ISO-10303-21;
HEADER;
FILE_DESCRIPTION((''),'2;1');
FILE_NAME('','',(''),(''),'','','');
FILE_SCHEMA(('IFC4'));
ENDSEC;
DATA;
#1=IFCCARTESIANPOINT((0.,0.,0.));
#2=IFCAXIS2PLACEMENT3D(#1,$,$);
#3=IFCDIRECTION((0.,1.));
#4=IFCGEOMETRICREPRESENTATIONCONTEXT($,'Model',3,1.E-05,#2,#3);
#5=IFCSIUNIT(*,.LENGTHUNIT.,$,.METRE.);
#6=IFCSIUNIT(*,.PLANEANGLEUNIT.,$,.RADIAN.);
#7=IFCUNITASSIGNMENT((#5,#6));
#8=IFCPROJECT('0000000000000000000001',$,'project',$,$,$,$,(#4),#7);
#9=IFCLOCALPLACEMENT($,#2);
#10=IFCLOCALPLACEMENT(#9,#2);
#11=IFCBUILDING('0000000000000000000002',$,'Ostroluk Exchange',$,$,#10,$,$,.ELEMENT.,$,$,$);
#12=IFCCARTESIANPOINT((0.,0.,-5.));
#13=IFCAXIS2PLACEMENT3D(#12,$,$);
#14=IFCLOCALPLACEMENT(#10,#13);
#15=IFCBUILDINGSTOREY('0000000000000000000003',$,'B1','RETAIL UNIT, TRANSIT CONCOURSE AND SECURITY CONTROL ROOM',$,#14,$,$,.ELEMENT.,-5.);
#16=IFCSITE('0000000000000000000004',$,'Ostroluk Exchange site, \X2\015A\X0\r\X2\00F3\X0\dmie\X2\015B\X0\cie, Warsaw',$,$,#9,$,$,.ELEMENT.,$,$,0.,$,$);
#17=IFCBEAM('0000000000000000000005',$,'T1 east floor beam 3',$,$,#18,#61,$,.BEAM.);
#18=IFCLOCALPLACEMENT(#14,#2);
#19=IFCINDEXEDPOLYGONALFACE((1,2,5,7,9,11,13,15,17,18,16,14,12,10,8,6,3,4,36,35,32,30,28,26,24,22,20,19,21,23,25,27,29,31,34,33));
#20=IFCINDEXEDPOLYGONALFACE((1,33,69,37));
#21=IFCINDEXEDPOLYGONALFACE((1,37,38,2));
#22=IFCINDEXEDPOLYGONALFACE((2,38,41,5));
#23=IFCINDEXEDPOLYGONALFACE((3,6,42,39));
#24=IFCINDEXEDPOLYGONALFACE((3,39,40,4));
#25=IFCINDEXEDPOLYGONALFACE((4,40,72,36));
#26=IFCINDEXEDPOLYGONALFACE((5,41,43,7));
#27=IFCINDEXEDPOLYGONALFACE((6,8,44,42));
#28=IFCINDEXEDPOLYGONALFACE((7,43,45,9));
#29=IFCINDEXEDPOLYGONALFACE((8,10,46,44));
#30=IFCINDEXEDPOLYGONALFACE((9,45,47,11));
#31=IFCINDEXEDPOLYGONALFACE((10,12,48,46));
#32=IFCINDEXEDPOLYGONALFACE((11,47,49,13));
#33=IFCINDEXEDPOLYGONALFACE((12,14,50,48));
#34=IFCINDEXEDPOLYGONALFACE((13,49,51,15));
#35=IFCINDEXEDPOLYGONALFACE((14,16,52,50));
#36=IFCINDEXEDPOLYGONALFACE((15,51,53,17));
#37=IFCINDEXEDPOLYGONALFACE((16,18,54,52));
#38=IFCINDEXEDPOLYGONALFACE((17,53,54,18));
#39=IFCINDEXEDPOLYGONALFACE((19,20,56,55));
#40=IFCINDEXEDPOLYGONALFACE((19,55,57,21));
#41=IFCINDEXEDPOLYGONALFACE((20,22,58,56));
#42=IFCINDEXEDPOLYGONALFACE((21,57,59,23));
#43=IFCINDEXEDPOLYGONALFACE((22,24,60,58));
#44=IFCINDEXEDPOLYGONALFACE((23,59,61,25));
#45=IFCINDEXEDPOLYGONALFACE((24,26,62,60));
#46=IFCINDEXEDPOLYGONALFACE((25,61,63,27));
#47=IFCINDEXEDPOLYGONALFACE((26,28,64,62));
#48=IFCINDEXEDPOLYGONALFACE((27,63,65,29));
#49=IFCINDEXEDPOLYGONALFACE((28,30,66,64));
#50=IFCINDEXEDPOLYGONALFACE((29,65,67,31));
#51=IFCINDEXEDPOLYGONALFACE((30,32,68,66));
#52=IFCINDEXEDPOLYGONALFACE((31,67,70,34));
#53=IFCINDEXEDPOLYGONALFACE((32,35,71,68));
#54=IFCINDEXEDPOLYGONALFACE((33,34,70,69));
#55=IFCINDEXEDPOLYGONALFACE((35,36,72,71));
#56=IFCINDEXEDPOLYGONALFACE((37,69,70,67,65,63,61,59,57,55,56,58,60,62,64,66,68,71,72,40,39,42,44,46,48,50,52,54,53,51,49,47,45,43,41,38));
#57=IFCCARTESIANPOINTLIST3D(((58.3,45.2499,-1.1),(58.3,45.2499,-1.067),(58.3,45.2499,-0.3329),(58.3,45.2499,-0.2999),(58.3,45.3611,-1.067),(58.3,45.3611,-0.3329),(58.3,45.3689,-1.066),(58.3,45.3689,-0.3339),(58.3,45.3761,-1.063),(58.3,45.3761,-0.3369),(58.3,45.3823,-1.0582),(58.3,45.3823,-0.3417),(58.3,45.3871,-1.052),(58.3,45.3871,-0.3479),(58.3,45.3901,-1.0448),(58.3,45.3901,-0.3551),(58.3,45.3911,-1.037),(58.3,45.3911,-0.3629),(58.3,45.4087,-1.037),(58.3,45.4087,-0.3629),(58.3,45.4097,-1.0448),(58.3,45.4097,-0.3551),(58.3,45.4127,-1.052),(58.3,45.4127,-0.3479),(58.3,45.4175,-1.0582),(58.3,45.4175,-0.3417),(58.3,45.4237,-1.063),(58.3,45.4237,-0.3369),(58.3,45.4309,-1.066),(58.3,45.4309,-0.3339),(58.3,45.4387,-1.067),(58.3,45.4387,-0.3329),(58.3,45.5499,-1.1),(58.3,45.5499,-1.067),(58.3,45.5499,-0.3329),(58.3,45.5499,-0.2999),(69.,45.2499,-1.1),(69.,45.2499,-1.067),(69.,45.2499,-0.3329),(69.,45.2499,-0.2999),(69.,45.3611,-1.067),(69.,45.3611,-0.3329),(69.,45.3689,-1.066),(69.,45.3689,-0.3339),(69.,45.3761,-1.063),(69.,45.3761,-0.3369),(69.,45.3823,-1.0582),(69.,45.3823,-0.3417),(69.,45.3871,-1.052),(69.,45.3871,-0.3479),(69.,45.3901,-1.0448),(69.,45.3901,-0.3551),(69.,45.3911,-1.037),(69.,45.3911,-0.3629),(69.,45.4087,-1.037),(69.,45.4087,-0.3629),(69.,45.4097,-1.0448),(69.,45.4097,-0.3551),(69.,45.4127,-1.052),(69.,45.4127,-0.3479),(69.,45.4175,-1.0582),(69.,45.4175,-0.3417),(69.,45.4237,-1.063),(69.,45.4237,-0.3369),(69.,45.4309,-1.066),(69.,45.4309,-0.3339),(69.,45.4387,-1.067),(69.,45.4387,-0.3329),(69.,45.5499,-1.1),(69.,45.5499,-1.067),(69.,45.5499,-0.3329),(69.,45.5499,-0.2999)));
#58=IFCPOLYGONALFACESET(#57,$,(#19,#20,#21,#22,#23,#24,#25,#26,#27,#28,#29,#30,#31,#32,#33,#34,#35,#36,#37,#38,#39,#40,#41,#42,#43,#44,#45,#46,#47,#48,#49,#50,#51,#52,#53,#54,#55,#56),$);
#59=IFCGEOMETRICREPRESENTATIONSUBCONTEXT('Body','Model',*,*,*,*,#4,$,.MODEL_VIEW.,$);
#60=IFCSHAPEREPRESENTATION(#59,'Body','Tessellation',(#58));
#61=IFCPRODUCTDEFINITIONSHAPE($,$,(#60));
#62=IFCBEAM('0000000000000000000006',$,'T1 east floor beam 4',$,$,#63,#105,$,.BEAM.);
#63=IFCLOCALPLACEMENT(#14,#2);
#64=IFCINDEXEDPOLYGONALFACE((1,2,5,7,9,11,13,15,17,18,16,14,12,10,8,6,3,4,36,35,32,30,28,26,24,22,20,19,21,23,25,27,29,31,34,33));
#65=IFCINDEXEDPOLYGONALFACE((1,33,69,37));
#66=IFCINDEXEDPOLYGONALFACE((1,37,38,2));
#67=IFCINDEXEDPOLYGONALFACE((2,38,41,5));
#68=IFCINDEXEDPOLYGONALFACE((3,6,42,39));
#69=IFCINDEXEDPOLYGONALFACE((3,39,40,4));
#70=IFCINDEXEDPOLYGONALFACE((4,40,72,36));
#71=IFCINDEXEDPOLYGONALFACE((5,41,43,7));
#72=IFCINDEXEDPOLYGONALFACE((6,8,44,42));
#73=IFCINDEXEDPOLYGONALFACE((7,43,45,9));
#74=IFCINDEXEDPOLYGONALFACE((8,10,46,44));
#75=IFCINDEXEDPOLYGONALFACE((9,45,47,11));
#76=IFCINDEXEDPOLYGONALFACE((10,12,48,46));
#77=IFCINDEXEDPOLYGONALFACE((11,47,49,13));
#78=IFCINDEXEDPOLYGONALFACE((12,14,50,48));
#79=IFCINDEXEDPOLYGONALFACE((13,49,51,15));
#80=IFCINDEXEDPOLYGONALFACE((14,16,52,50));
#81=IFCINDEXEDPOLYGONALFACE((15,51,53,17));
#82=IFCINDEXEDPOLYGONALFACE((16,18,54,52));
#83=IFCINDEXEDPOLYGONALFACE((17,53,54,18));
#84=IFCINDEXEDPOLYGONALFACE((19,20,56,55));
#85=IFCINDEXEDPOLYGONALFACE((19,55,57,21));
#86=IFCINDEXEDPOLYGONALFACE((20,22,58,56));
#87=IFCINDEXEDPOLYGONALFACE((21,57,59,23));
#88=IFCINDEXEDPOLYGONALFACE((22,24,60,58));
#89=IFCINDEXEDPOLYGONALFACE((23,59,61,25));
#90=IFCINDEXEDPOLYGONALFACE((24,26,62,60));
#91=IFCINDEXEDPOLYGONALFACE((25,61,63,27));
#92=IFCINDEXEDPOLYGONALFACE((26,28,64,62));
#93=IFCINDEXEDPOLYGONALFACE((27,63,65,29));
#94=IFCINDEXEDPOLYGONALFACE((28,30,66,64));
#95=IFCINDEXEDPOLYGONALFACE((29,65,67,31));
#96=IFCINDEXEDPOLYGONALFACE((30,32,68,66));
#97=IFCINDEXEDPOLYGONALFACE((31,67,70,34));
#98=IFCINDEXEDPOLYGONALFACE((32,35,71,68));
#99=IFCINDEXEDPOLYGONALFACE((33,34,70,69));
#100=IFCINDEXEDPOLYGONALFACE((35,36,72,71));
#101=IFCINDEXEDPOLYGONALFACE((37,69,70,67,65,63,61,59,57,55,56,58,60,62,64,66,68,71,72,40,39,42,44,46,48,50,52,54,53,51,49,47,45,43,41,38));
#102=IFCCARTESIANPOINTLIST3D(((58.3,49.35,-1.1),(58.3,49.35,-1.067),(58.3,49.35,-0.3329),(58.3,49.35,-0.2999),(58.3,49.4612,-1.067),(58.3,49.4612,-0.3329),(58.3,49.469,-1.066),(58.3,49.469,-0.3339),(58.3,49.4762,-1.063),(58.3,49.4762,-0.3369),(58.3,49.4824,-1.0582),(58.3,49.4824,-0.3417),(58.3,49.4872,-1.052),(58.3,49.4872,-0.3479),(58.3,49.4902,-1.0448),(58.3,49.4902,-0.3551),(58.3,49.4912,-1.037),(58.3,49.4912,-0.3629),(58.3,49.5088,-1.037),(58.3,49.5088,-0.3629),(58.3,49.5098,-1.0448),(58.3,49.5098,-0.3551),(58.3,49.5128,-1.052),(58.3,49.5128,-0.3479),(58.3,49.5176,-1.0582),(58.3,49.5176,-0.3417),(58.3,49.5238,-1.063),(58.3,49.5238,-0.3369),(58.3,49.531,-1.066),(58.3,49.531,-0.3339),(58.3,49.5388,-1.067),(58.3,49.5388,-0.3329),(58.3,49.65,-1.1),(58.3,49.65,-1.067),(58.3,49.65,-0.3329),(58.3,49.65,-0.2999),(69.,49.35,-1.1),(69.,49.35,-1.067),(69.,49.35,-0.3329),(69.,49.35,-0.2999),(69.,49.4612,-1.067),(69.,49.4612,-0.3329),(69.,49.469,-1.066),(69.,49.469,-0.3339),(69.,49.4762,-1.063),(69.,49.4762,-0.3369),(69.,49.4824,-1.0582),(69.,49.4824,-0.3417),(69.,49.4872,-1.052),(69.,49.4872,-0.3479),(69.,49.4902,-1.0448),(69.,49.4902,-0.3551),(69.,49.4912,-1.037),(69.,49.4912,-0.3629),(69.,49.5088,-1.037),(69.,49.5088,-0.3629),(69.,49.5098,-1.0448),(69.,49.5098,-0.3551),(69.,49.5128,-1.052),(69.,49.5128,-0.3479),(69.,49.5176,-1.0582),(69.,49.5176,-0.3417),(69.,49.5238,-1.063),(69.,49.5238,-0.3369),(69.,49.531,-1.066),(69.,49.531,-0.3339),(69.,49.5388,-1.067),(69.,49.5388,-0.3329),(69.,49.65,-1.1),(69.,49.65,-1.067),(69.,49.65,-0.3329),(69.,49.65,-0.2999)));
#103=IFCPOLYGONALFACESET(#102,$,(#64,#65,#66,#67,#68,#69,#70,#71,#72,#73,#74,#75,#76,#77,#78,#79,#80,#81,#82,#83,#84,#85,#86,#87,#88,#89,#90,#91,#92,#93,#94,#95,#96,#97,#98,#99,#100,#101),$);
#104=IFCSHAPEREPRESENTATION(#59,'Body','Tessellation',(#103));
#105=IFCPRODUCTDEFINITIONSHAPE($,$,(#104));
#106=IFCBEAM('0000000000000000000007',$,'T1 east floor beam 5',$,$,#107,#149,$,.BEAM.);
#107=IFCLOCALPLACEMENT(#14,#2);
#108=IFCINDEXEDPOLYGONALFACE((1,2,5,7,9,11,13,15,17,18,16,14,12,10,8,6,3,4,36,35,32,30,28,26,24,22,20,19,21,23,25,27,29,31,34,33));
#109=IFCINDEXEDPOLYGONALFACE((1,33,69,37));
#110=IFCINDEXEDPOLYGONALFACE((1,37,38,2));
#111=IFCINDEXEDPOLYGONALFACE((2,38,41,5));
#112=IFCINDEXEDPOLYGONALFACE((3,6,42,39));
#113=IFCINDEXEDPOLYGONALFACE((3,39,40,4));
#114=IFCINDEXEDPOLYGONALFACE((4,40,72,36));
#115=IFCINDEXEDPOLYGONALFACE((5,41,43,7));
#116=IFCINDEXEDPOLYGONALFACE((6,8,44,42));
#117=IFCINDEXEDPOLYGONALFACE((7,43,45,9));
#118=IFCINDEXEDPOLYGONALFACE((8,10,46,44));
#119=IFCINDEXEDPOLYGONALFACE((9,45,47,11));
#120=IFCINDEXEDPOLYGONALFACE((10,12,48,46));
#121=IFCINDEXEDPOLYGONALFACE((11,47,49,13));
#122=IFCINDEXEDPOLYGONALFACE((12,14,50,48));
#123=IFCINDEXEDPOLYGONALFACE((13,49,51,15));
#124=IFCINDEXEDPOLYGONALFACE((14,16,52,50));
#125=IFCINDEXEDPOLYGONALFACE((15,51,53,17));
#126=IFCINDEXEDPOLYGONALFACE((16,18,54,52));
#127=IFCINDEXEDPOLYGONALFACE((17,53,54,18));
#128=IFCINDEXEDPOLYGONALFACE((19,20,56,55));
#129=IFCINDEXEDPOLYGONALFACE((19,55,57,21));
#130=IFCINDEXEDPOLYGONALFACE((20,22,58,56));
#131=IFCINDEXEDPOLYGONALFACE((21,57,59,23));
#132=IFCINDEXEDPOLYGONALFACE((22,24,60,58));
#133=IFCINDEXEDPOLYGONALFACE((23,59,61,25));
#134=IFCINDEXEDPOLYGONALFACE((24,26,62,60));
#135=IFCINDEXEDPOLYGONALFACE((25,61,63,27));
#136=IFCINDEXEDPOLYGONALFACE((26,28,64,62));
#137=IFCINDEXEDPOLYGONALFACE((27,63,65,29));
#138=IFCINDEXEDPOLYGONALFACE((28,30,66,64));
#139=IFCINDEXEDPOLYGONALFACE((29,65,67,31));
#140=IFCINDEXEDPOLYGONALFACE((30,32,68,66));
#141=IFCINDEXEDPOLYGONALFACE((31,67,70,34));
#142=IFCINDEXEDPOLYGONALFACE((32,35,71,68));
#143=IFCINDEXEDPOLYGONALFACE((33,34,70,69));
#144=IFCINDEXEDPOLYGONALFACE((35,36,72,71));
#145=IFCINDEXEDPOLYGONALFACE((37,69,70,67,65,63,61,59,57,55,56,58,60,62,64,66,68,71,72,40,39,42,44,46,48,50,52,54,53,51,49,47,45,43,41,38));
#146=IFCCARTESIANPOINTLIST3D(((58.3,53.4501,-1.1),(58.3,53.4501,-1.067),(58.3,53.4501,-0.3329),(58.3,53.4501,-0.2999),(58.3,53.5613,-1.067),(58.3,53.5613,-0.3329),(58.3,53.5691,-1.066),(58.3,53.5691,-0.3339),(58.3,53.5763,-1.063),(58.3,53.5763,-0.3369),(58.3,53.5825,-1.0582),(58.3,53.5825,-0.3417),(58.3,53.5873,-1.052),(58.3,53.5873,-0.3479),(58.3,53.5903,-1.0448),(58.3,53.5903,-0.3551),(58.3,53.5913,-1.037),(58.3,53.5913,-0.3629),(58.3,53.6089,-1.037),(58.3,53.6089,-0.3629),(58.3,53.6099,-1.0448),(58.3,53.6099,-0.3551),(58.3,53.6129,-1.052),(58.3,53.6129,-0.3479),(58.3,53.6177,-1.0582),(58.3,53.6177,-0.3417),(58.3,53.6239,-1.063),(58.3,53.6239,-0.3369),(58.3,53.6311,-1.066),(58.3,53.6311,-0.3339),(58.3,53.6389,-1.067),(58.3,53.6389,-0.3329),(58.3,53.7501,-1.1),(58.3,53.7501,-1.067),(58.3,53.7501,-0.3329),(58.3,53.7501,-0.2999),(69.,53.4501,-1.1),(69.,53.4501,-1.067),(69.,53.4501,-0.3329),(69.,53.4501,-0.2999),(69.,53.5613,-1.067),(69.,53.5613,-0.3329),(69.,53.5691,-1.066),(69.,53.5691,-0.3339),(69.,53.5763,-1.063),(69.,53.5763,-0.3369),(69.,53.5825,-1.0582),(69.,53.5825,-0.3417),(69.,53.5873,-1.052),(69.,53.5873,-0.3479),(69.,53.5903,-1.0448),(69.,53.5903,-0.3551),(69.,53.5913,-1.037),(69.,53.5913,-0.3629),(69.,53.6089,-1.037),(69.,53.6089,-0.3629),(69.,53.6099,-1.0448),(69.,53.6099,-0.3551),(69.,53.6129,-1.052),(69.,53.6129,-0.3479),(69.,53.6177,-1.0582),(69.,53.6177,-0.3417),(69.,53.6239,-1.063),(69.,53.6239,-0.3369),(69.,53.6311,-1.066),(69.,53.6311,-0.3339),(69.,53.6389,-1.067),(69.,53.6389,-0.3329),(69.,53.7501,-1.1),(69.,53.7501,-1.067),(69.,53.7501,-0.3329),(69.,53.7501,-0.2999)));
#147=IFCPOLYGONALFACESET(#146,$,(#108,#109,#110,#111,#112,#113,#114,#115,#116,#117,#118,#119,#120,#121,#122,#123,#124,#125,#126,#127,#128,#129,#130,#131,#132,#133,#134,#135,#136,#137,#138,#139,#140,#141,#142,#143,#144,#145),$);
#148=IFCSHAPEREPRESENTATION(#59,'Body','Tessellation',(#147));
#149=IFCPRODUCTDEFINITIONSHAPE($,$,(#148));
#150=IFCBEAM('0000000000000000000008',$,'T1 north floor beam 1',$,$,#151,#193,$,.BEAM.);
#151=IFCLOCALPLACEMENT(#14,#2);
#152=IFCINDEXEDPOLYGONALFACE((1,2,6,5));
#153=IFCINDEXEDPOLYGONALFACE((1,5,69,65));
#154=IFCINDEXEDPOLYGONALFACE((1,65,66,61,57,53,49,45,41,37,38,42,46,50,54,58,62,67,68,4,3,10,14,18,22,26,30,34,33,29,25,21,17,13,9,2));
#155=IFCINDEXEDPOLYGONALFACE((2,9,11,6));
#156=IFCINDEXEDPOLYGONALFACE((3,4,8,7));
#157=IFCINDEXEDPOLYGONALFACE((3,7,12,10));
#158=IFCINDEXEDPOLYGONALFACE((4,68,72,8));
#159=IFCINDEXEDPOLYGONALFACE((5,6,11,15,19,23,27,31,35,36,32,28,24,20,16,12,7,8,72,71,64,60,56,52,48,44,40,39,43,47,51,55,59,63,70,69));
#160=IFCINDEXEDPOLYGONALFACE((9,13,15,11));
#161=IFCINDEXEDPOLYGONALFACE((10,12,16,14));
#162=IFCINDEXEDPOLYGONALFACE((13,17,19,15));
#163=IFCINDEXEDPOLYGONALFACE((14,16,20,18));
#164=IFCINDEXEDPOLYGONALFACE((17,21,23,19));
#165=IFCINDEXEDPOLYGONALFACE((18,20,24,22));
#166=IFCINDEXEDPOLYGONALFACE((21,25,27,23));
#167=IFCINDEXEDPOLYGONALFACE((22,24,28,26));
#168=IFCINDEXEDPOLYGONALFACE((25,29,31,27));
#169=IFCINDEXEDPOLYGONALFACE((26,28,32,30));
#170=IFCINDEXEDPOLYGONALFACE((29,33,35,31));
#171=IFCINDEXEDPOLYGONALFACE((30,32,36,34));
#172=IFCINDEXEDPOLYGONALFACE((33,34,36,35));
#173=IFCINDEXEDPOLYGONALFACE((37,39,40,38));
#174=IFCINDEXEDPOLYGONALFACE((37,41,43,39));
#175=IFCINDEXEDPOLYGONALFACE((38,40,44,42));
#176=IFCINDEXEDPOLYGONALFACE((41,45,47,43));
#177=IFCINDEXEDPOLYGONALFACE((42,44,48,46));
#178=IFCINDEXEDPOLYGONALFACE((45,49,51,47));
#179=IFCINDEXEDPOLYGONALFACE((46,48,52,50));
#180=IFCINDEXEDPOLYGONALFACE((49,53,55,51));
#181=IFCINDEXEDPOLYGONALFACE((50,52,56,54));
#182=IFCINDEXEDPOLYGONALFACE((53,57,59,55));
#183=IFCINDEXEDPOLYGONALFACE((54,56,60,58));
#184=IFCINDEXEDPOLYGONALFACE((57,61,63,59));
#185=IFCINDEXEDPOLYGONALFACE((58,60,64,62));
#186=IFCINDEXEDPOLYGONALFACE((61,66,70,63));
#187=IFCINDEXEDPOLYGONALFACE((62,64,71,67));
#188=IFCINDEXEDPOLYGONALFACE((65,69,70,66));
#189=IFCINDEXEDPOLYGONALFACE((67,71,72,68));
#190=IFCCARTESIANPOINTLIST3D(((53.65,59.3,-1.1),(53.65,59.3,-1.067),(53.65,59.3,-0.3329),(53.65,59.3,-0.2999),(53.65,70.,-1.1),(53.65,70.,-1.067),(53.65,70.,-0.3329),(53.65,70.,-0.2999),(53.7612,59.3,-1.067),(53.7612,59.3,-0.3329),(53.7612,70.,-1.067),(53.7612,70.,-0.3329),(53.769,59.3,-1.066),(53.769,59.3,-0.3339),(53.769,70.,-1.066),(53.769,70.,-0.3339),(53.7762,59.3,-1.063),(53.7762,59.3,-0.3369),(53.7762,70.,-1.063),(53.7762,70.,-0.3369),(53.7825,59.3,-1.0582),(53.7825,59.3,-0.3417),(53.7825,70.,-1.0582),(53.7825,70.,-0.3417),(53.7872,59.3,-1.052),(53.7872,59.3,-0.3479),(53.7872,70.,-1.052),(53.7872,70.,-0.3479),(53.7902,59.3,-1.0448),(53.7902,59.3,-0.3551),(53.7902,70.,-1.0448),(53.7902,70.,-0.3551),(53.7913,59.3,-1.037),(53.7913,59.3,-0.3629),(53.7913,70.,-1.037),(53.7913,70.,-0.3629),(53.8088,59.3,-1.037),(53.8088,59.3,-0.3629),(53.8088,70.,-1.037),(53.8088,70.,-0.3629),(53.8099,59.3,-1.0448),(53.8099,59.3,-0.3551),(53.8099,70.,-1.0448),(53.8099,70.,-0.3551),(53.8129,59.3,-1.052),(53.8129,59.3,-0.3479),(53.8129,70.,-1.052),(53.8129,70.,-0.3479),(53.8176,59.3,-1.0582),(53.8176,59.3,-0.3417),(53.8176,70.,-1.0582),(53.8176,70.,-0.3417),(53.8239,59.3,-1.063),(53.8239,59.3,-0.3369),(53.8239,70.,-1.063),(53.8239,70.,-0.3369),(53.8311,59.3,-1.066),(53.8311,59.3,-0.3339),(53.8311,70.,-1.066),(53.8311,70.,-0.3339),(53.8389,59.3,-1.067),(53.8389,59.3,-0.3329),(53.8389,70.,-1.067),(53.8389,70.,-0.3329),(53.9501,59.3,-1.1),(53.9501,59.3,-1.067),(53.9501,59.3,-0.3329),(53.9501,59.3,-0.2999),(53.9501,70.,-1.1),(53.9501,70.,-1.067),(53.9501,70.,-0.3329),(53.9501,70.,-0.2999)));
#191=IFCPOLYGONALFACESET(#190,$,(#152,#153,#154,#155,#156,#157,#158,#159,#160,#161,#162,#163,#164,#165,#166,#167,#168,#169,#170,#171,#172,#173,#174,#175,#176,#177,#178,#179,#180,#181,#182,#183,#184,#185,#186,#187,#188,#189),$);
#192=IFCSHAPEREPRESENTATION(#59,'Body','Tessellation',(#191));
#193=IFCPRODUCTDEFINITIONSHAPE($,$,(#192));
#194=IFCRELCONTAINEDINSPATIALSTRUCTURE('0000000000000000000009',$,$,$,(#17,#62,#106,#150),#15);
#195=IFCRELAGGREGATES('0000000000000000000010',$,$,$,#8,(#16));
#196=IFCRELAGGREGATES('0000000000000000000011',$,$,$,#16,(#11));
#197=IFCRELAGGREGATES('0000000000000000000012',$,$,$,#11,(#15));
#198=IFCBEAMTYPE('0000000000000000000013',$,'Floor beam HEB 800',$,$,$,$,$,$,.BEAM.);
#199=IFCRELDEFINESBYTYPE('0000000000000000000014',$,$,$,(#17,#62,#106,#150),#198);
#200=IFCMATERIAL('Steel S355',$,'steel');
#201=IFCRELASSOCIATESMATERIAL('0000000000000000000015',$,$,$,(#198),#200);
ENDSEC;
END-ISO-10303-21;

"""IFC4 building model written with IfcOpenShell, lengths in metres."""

from ifc_helpers import new_model, si_unit, direction, frame, origin, origin_2d, place, context, subcontext, project, spatial, i_section, extrude, material, material_profile, profile_set, type_object, element, save


model = new_model("IFC4")

# Units and contexts
model_context = context("Model", 3, precision=1e-05, world=origin(), true_north=direction((0.0, 1.0)))
body_context = subcontext(model_context, "Body", "Model", "MODEL_VIEW")
ifc_project = project(units=[si_unit("LENGTHUNIT", "METRE"), si_unit("PLANEANGLEUNIT", "RADIAN")], contexts=[model_context])

# Site, building, storey
site_placement = place(None, origin())
site = spatial("IfcSite", under=ifc_project, at=site_placement, Name="Ostroluk Exchange site, Śródmieście, Warsaw", CompositionType="ELEMENT", RefElevation=0.0)
building_placement = place(site_placement, origin())
building = spatial("IfcBuilding", under=site, at=building_placement, Name="Ostroluk Exchange", CompositionType="ELEMENT")
storey_placement = place(building_placement, frame((0.0, 0.0, -5.0)))
storey = spatial("IfcBuildingStorey", under=building, at=storey_placement, Name="B1", Description="RETAIL UNIT, TRANSIT CONCOURSE AND SECURITY CONTROL ROOM", CompositionType="ELEMENT", Elevation=-5.0)

# Beams
ifc_material_1 = material(Name="Steel S355", Category="steel")
ifc_material_profile_1 = material_profile(ifc_material_1, i_section(OverallWidth=0.3, OverallDepth=0.8, WebThickness=0.0176, FlangeThickness=0.033, FilletRadius=0.03, at=origin_2d()), Name="HEB 800")
ifc_profile_set_1 = profile_set([ifc_material_profile_1], Name="Steel S355")
beam_type_1 = type_object("IfcBeamType", Name="Floor beam HEB 800", PredefinedType="BEAM", material=ifc_profile_set_1)
for number, where, z_axis, x_axis, name in (
    (1, (58.3, 45.3999, -0.7), (1.0, 0.0, 0.0), (0.0, 1.0, 0.0), "T1 east floor beam 3"),
    (2, (58.3, 49.5, -0.7), (1.0, 0.0, 0.0), (0.0, 1.0, 0.0), "T1 east floor beam 4"),
    (3, (58.3, 53.6001, -0.7), (1.0, 0.0, 0.0), (0.0, 1.0, 0.0), "T1 east floor beam 5"),
    (4, (53.8, 59.3, -0.7), (0.0, 1.0, 0.0), (-1.0, 0.0, 0.0), "T1 north floor beam 1"),
):
    element("IfcBeam", number, at=place(storey_placement, frame(where, z_axis=z_axis, x_axis=x_axis)), inside=storey, type_object=beam_type_1, Name=name, PredefinedType="BEAM", context=body_context, shape_type="SweptSolid", body=[
        extrude(i_section(OverallWidth=0.3, OverallDepth=0.8, WebThickness=0.0176, FlangeThickness=0.033, FilletRadius=0.03, at=origin_2d()), origin(), (0.0, 0.0, 1.0), 10.7),
    ])

save(model, "model.ifc")
